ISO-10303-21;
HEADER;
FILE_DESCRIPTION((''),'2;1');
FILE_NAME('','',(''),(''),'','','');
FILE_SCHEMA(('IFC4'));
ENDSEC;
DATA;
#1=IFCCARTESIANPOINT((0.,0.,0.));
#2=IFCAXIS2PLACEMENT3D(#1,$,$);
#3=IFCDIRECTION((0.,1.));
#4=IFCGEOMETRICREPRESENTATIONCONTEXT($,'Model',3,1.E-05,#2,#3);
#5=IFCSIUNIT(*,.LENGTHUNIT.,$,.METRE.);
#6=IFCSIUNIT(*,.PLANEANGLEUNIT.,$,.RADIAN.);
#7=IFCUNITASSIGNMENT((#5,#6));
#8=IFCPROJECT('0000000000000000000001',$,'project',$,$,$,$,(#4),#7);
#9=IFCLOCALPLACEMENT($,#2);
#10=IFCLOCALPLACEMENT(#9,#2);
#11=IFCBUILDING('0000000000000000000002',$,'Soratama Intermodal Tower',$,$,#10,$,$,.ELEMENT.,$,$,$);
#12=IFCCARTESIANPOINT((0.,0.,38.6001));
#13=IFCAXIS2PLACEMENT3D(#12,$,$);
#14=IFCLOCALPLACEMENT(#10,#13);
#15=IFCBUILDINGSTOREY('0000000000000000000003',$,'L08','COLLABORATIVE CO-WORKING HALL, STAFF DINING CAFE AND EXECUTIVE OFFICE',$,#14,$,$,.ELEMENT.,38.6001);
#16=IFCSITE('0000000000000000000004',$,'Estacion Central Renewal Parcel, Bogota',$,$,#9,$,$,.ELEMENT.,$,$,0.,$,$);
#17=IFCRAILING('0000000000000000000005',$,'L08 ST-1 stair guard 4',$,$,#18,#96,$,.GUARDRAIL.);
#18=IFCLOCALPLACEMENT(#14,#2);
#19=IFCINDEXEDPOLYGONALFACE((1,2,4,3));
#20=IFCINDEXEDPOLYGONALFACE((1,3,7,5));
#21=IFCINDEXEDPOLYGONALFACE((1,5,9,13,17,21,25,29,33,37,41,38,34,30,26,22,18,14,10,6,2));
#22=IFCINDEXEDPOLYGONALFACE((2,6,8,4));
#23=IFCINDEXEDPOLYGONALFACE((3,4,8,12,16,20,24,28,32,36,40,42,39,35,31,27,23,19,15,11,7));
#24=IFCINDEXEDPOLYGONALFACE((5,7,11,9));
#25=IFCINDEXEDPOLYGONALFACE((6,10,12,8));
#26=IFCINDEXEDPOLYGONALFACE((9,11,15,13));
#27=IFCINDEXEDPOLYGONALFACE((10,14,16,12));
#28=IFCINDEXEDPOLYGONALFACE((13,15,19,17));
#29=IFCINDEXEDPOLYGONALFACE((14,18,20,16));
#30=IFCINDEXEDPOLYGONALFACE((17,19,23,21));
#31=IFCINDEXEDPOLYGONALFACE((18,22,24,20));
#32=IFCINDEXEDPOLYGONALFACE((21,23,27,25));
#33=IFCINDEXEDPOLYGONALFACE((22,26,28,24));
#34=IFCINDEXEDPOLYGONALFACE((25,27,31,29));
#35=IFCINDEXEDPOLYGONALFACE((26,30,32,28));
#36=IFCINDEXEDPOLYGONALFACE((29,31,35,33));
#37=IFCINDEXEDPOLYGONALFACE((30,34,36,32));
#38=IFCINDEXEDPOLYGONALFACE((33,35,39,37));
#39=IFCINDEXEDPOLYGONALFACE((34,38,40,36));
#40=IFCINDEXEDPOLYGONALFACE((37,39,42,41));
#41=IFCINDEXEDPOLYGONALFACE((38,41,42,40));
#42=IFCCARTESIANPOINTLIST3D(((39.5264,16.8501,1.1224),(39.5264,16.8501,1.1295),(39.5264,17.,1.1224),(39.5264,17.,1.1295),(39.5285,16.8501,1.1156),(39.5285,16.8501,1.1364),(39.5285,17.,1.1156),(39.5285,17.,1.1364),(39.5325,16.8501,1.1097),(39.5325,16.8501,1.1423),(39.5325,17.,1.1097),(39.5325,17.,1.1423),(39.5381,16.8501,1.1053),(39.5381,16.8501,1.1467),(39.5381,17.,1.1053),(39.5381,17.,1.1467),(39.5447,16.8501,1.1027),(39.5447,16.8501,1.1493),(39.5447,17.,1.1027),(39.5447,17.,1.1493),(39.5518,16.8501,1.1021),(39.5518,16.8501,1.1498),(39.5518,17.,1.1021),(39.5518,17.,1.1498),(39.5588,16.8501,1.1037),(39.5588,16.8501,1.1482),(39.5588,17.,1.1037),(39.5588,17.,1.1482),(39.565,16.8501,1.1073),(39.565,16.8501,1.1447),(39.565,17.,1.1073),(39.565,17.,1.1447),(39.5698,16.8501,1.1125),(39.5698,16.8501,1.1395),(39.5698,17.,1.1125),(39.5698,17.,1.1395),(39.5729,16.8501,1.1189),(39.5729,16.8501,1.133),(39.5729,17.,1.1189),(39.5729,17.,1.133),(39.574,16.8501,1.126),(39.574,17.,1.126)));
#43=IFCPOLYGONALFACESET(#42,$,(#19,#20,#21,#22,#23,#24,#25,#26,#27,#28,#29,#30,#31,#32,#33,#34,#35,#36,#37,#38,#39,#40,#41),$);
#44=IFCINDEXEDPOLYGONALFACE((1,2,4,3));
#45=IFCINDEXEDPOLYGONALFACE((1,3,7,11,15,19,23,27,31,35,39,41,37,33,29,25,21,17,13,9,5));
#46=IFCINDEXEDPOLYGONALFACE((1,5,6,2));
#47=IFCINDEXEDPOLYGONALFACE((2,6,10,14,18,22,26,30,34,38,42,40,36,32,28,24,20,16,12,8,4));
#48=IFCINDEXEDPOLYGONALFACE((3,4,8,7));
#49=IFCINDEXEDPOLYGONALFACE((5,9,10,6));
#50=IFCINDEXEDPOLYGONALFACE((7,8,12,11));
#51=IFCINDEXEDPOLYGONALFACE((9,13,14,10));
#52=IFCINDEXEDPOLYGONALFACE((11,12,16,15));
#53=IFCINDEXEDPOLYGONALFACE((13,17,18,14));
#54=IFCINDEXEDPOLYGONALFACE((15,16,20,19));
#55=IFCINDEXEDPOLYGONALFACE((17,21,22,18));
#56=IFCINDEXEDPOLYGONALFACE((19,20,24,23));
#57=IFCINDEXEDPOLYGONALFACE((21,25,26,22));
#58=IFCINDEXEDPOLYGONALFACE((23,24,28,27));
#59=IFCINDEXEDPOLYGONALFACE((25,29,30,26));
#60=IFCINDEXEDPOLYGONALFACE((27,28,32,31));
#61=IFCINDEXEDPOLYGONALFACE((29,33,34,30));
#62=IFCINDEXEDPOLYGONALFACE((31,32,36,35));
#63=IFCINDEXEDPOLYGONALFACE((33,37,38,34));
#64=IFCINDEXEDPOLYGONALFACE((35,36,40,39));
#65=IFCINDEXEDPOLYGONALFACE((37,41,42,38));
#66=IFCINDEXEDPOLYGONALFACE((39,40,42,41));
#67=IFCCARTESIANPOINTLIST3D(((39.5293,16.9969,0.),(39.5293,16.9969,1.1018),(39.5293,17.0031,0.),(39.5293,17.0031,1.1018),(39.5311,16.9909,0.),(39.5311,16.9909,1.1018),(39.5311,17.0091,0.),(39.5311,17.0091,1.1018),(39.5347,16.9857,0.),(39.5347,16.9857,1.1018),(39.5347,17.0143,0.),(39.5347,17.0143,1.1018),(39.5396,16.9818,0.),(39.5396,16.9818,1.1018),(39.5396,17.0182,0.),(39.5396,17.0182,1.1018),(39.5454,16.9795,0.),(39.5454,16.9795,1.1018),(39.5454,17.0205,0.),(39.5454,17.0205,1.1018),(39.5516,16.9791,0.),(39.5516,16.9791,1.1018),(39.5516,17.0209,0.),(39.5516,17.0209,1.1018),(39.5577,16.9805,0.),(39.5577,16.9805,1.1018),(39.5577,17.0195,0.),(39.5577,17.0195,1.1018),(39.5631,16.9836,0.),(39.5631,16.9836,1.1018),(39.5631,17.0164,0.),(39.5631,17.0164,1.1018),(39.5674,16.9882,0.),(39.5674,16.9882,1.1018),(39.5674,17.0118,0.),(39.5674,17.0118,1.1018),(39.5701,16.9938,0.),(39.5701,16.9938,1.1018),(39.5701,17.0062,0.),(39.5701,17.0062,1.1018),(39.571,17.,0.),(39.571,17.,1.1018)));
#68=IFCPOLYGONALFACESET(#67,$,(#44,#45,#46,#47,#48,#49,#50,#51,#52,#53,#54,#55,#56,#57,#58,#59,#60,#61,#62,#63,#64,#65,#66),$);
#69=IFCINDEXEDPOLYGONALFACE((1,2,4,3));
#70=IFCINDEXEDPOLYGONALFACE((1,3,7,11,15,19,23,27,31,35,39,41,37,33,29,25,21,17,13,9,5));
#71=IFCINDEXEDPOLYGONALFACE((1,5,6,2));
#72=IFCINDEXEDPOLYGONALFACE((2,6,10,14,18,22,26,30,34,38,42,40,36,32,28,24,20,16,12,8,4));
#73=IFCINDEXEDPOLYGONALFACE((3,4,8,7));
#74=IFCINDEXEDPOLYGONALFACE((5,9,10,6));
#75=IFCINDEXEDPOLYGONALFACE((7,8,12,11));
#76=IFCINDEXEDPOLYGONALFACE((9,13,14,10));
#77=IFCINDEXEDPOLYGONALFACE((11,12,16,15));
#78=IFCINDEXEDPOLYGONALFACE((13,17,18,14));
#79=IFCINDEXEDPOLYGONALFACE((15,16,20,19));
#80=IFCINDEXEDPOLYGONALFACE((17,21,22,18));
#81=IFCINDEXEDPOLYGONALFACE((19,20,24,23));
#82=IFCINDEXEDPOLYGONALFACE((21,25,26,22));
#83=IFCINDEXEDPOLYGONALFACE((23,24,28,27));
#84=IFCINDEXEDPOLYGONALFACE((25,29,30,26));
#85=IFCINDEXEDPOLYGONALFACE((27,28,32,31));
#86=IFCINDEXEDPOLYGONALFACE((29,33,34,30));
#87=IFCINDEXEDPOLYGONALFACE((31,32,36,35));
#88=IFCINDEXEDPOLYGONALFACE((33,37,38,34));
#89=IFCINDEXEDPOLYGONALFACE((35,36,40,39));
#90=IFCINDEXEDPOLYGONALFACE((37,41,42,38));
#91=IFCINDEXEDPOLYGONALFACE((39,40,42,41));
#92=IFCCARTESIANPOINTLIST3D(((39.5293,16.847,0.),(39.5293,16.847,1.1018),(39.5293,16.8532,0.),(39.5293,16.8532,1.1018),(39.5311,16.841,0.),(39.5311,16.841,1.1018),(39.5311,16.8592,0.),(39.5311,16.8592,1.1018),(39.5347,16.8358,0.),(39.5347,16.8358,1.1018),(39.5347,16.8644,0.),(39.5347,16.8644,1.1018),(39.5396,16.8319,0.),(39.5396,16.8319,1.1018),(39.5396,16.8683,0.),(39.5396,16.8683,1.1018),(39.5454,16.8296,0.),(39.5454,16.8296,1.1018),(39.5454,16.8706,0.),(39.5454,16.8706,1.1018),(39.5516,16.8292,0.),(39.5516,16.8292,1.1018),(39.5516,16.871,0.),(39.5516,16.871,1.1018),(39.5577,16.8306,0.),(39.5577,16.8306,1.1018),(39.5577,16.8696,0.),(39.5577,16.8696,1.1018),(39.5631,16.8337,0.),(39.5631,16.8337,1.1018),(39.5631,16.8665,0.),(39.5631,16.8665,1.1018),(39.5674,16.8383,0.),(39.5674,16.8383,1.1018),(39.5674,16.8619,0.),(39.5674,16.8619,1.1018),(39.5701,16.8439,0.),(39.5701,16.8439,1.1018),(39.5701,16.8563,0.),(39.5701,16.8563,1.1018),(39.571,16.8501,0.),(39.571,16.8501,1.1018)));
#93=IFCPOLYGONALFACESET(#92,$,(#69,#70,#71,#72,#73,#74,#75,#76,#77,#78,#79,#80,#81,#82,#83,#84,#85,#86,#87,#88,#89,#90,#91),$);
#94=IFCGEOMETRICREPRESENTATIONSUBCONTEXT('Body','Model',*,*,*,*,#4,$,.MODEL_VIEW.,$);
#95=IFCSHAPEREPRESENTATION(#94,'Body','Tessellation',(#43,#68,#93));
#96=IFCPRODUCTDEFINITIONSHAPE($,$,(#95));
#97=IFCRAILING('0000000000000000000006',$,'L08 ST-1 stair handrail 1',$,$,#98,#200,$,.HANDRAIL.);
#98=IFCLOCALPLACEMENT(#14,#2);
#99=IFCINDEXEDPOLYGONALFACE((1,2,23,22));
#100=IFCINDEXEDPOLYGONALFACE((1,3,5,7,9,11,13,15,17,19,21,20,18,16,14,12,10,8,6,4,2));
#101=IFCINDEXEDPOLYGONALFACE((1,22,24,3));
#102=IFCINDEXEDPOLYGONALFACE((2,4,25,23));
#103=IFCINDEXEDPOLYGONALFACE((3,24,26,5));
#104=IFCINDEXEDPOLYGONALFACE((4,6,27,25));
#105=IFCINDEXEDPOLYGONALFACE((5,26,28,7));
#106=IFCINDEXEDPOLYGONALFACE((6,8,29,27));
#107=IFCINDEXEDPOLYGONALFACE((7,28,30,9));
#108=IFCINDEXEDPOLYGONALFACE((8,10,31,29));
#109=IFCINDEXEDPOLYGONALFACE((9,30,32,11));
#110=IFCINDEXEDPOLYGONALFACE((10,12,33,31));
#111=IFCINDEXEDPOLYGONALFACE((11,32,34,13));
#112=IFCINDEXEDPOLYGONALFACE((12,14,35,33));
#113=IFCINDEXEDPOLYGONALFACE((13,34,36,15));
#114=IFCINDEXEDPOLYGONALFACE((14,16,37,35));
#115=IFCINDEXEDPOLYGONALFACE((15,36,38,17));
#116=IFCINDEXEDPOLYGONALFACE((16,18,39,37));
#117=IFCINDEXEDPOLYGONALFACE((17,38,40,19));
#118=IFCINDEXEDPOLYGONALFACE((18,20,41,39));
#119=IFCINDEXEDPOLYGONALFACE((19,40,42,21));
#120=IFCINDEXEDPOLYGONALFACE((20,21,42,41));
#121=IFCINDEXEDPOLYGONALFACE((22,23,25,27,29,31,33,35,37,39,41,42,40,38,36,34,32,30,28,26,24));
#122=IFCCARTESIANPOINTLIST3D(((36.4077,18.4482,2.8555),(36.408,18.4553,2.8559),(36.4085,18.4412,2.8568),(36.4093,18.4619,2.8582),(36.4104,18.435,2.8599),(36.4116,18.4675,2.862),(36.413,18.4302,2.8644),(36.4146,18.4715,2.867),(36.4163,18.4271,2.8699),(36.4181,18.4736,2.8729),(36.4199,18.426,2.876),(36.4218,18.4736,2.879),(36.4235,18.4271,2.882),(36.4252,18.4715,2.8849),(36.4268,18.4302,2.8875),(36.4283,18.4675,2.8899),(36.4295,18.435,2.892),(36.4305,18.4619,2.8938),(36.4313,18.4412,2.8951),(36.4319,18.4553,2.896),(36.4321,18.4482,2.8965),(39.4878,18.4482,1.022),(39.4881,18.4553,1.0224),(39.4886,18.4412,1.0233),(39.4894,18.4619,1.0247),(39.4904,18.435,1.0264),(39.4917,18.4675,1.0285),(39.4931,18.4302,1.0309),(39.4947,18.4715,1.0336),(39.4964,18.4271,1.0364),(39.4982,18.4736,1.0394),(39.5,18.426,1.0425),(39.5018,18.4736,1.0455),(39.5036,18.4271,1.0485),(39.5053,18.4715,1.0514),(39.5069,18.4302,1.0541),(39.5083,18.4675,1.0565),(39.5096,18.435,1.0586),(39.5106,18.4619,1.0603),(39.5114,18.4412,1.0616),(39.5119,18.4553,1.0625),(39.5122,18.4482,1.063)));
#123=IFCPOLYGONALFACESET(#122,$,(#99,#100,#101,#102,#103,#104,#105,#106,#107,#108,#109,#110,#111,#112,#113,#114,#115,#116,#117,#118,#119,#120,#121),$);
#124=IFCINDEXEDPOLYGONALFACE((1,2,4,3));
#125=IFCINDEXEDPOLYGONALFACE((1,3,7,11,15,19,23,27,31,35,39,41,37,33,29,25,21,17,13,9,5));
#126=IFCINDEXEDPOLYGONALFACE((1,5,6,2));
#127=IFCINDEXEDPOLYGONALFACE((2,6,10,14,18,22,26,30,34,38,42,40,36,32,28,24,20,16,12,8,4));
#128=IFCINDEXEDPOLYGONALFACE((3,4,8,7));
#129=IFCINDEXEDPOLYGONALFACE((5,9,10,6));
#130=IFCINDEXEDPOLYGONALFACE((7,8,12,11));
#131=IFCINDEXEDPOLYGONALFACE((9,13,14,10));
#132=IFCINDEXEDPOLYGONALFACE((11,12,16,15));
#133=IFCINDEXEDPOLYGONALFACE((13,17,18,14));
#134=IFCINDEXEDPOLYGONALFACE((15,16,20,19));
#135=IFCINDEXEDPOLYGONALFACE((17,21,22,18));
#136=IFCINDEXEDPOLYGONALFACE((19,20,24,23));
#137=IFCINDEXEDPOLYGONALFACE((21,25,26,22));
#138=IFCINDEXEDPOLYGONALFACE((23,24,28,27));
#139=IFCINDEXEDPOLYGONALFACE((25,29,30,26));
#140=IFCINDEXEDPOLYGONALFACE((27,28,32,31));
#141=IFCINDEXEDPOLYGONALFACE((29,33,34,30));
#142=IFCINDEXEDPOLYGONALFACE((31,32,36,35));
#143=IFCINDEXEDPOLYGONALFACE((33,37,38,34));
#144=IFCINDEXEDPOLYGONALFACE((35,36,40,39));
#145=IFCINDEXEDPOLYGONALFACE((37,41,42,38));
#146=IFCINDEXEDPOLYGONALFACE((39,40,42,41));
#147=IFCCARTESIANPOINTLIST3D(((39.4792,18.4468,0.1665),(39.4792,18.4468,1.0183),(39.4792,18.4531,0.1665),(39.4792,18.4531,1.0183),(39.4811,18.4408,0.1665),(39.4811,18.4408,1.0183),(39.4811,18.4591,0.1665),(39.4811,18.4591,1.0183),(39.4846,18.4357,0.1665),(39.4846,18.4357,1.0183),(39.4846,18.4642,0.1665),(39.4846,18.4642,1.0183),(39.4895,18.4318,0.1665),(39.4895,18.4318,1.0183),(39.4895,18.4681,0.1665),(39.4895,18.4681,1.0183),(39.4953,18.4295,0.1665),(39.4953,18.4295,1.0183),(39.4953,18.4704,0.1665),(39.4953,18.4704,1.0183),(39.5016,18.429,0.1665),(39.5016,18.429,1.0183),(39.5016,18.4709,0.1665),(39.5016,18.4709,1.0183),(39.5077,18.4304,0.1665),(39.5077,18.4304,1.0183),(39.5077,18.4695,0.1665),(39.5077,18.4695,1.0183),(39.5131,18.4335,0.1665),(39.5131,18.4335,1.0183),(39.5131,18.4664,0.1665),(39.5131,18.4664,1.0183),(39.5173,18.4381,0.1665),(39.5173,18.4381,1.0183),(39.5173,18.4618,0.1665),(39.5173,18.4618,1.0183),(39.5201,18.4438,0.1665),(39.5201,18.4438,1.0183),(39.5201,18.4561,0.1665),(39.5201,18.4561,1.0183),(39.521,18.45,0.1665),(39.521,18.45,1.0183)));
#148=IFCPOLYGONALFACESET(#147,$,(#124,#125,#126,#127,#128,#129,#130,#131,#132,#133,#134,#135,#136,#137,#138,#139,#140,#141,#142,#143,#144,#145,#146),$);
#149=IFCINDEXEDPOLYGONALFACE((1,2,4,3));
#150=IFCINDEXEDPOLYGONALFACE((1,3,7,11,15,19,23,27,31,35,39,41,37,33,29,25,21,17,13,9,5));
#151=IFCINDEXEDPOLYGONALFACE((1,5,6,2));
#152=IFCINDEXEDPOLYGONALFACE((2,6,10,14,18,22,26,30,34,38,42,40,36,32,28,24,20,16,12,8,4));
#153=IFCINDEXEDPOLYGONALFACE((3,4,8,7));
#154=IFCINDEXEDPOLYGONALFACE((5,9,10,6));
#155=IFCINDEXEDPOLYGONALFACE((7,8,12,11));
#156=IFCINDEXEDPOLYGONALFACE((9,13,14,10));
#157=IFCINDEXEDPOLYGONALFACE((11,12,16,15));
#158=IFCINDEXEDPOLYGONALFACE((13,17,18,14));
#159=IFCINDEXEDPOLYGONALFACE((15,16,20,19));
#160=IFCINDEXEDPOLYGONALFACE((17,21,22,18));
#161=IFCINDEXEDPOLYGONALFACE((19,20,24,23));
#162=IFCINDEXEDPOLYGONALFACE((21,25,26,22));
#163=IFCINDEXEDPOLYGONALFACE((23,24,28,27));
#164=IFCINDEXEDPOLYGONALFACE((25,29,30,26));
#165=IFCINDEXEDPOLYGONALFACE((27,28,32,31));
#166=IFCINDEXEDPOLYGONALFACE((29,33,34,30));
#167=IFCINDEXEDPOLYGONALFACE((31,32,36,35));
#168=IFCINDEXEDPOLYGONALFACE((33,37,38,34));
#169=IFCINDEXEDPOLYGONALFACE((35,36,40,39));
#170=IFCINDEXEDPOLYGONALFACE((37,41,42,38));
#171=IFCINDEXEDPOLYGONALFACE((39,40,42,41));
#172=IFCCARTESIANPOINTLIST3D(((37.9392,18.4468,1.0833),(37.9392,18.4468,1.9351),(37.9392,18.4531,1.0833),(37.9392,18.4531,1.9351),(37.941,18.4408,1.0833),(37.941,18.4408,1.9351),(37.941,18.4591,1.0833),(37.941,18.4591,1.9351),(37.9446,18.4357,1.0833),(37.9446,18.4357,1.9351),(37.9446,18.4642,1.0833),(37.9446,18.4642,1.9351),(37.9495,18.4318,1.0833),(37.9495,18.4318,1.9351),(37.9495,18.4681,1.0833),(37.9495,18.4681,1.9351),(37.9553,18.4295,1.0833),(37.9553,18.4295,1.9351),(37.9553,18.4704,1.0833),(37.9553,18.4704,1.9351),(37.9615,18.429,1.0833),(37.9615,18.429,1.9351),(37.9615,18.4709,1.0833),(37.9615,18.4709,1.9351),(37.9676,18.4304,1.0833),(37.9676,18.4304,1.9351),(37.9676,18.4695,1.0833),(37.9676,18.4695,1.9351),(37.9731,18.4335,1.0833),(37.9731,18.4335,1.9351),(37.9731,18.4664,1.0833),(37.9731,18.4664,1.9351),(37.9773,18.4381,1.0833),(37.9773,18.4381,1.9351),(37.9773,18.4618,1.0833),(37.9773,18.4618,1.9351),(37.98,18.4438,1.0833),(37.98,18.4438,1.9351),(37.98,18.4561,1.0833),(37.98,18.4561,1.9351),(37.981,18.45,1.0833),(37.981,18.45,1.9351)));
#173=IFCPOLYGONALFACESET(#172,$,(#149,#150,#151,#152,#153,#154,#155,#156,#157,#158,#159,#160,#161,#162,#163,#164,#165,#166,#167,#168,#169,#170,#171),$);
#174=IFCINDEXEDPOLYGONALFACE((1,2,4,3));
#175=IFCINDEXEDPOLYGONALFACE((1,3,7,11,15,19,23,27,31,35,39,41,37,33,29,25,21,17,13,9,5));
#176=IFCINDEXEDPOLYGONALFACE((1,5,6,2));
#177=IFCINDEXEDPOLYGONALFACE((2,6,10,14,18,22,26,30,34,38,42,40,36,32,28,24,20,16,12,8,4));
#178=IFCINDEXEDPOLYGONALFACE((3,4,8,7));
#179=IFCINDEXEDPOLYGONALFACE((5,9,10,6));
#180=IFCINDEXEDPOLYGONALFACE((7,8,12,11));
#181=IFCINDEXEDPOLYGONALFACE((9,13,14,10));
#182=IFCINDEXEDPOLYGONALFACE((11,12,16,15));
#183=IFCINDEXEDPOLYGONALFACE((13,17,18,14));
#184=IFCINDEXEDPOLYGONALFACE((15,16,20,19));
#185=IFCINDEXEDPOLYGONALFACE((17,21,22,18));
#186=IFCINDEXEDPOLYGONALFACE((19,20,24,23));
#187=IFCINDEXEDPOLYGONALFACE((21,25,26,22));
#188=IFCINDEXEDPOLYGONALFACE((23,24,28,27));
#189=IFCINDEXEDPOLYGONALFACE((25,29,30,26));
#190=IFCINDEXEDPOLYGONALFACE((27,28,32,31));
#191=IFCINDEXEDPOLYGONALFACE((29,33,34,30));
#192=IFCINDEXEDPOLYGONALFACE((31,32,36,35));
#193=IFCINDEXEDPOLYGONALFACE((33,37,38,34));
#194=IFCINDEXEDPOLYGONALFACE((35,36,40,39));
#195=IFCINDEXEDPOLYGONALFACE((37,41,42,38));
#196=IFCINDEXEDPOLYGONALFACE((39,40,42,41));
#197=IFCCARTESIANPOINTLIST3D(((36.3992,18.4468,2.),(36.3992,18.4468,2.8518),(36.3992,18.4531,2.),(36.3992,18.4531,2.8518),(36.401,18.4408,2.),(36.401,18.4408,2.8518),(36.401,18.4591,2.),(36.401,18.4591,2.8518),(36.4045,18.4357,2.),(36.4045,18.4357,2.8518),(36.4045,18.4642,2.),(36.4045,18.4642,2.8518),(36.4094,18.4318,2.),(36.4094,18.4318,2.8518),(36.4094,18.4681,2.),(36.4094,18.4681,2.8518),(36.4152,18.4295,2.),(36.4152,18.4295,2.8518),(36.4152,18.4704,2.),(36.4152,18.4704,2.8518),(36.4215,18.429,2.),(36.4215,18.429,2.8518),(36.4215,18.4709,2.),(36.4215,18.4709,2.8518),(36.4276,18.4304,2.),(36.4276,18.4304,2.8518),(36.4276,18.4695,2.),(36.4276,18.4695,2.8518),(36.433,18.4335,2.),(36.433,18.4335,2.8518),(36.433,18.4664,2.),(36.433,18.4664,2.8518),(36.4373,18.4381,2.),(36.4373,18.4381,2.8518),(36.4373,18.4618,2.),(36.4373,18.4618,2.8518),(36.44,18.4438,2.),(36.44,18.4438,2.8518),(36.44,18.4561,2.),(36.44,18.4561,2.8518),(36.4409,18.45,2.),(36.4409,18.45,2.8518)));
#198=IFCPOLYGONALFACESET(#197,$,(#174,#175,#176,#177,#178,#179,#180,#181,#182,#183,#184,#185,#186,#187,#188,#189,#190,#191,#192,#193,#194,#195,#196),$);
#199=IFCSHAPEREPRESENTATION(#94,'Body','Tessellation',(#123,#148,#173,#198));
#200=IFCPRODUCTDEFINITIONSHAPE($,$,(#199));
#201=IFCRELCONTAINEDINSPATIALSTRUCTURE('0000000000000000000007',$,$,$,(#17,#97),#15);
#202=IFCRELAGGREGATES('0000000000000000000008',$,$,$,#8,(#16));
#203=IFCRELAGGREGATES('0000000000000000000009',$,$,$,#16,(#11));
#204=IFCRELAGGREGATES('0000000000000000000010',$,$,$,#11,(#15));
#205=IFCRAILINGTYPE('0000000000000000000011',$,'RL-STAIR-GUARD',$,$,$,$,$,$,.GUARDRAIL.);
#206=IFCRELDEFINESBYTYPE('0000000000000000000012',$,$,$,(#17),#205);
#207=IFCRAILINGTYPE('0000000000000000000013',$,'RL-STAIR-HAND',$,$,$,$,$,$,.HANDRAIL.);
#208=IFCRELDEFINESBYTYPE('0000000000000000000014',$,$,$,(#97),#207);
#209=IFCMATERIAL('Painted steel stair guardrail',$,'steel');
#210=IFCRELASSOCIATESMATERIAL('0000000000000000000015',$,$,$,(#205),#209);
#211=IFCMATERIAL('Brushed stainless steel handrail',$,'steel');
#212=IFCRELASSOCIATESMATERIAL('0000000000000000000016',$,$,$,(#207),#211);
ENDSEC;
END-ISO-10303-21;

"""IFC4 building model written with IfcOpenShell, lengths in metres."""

from ifc_helpers import new_model, si_unit, direction, frame, origin, origin_2d, place, context, subcontext, project, spatial, circle, extrude, material, type_object, element, save


model = new_model("IFC4")

# Units and contexts
model_context = context("Model", 3, precision=1e-05, world=origin(), true_north=direction((0.0, 1.0)))
body_context = subcontext(model_context, "Body", "Model", "MODEL_VIEW")
ifc_project = project(units=[si_unit("LENGTHUNIT", "METRE"), si_unit("PLANEANGLEUNIT", "RADIAN")], contexts=[model_context])

# Site, building, storey
site_placement = place(None, origin())
site = spatial("IfcSite", under=ifc_project, at=site_placement, Name="Estacion Central Renewal Parcel, Bogota", CompositionType="ELEMENT", RefElevation=0.0)
building_placement = place(site_placement, origin())
building = spatial("IfcBuilding", under=site, at=building_placement, Name="Soratama Intermodal Tower", CompositionType="ELEMENT")
storey_placement = place(building_placement, frame((0.0, 0.0, 38.6001)))
storey = spatial("IfcBuildingStorey", under=building, at=storey_placement, Name="L08", Description="COLLABORATIVE CO-WORKING HALL, STAFF DINING CAFE AND EXECUTIVE OFFICE", CompositionType="ELEMENT", Elevation=38.6001)

# Railings
ifc_material_1 = material(Name="Painted steel stair guardrail", Category="steel")
railing_type_1 = type_object("IfcRailingType", Name="RL-STAIR-GUARD", PredefinedType="GUARDRAIL", material=ifc_material_1)
railing_1_placement = place(storey_placement, frame((39.55, 17.0, 0.0)))
element("IfcRailing", 1, at=railing_1_placement, inside=storey, type_object=railing_type_1, Name="L08 ST-1 stair guard 4", PredefinedType="GUARDRAIL", context=body_context, shape_type="SweptSolid", body=[
    extrude(circle(Radius=0.0239, at=origin_2d()), frame((0.0, 0.0, 1.126), z_axis=(0.0, -1.0, 0.0), x_axis=(1.0, 0.0, 0.0)), (0.0, 0.0, 1.0), 0.1499),
    extrude(circle(Radius=0.021, at=origin_2d()), origin(), (0.0, 0.0, 1.0), 1.1018),
    extrude(circle(Radius=0.021, at=origin_2d()), frame((0.0, -0.1499, 0.0)), (0.0, 0.0, 1.0), 1.1018),
])
ifc_material_2 = material(Name="Brushed stainless steel handrail", Category="steel")
railing_type_2 = type_object("IfcRailingType", Name="RL-STAIR-HAND", PredefinedType="HANDRAIL", material=ifc_material_2)
railing_2_placement = place(storey_placement, frame((39.5, 18.45, 0.1665)))
element("IfcRailing", 2, at=railing_2_placement, inside=storey, type_object=railing_type_2, Name="L08 ST-1 stair handrail 1", PredefinedType="HANDRAIL", context=body_context, shape_type="SweptSolid", body=[
    extrude(circle(Radius=0.0239, at=origin_2d()), frame((0.0, 0.0, 0.876), z_axis=(-0.859279, 0.0, 0.511508), x_axis=(0.0, -1.0, 0.0)), (0.0, 0.0, 1.0), 3.5845),
    extrude(circle(Radius=0.021, at=origin_2d()), origin(), (0.0, 0.0, 1.0), 0.8518),
    extrude(circle(Radius=0.021, at=origin_2d()), frame((-1.54, 0.0, 0.9167)), (0.0, 0.0, 1.0), 0.8518),
    extrude(circle(Radius=0.021, at=origin_2d()), frame((-3.0801, 0.0, 1.8335)), (0.0, 0.0, 1.0), 0.8518),
])

save(model, "model.ifc")
